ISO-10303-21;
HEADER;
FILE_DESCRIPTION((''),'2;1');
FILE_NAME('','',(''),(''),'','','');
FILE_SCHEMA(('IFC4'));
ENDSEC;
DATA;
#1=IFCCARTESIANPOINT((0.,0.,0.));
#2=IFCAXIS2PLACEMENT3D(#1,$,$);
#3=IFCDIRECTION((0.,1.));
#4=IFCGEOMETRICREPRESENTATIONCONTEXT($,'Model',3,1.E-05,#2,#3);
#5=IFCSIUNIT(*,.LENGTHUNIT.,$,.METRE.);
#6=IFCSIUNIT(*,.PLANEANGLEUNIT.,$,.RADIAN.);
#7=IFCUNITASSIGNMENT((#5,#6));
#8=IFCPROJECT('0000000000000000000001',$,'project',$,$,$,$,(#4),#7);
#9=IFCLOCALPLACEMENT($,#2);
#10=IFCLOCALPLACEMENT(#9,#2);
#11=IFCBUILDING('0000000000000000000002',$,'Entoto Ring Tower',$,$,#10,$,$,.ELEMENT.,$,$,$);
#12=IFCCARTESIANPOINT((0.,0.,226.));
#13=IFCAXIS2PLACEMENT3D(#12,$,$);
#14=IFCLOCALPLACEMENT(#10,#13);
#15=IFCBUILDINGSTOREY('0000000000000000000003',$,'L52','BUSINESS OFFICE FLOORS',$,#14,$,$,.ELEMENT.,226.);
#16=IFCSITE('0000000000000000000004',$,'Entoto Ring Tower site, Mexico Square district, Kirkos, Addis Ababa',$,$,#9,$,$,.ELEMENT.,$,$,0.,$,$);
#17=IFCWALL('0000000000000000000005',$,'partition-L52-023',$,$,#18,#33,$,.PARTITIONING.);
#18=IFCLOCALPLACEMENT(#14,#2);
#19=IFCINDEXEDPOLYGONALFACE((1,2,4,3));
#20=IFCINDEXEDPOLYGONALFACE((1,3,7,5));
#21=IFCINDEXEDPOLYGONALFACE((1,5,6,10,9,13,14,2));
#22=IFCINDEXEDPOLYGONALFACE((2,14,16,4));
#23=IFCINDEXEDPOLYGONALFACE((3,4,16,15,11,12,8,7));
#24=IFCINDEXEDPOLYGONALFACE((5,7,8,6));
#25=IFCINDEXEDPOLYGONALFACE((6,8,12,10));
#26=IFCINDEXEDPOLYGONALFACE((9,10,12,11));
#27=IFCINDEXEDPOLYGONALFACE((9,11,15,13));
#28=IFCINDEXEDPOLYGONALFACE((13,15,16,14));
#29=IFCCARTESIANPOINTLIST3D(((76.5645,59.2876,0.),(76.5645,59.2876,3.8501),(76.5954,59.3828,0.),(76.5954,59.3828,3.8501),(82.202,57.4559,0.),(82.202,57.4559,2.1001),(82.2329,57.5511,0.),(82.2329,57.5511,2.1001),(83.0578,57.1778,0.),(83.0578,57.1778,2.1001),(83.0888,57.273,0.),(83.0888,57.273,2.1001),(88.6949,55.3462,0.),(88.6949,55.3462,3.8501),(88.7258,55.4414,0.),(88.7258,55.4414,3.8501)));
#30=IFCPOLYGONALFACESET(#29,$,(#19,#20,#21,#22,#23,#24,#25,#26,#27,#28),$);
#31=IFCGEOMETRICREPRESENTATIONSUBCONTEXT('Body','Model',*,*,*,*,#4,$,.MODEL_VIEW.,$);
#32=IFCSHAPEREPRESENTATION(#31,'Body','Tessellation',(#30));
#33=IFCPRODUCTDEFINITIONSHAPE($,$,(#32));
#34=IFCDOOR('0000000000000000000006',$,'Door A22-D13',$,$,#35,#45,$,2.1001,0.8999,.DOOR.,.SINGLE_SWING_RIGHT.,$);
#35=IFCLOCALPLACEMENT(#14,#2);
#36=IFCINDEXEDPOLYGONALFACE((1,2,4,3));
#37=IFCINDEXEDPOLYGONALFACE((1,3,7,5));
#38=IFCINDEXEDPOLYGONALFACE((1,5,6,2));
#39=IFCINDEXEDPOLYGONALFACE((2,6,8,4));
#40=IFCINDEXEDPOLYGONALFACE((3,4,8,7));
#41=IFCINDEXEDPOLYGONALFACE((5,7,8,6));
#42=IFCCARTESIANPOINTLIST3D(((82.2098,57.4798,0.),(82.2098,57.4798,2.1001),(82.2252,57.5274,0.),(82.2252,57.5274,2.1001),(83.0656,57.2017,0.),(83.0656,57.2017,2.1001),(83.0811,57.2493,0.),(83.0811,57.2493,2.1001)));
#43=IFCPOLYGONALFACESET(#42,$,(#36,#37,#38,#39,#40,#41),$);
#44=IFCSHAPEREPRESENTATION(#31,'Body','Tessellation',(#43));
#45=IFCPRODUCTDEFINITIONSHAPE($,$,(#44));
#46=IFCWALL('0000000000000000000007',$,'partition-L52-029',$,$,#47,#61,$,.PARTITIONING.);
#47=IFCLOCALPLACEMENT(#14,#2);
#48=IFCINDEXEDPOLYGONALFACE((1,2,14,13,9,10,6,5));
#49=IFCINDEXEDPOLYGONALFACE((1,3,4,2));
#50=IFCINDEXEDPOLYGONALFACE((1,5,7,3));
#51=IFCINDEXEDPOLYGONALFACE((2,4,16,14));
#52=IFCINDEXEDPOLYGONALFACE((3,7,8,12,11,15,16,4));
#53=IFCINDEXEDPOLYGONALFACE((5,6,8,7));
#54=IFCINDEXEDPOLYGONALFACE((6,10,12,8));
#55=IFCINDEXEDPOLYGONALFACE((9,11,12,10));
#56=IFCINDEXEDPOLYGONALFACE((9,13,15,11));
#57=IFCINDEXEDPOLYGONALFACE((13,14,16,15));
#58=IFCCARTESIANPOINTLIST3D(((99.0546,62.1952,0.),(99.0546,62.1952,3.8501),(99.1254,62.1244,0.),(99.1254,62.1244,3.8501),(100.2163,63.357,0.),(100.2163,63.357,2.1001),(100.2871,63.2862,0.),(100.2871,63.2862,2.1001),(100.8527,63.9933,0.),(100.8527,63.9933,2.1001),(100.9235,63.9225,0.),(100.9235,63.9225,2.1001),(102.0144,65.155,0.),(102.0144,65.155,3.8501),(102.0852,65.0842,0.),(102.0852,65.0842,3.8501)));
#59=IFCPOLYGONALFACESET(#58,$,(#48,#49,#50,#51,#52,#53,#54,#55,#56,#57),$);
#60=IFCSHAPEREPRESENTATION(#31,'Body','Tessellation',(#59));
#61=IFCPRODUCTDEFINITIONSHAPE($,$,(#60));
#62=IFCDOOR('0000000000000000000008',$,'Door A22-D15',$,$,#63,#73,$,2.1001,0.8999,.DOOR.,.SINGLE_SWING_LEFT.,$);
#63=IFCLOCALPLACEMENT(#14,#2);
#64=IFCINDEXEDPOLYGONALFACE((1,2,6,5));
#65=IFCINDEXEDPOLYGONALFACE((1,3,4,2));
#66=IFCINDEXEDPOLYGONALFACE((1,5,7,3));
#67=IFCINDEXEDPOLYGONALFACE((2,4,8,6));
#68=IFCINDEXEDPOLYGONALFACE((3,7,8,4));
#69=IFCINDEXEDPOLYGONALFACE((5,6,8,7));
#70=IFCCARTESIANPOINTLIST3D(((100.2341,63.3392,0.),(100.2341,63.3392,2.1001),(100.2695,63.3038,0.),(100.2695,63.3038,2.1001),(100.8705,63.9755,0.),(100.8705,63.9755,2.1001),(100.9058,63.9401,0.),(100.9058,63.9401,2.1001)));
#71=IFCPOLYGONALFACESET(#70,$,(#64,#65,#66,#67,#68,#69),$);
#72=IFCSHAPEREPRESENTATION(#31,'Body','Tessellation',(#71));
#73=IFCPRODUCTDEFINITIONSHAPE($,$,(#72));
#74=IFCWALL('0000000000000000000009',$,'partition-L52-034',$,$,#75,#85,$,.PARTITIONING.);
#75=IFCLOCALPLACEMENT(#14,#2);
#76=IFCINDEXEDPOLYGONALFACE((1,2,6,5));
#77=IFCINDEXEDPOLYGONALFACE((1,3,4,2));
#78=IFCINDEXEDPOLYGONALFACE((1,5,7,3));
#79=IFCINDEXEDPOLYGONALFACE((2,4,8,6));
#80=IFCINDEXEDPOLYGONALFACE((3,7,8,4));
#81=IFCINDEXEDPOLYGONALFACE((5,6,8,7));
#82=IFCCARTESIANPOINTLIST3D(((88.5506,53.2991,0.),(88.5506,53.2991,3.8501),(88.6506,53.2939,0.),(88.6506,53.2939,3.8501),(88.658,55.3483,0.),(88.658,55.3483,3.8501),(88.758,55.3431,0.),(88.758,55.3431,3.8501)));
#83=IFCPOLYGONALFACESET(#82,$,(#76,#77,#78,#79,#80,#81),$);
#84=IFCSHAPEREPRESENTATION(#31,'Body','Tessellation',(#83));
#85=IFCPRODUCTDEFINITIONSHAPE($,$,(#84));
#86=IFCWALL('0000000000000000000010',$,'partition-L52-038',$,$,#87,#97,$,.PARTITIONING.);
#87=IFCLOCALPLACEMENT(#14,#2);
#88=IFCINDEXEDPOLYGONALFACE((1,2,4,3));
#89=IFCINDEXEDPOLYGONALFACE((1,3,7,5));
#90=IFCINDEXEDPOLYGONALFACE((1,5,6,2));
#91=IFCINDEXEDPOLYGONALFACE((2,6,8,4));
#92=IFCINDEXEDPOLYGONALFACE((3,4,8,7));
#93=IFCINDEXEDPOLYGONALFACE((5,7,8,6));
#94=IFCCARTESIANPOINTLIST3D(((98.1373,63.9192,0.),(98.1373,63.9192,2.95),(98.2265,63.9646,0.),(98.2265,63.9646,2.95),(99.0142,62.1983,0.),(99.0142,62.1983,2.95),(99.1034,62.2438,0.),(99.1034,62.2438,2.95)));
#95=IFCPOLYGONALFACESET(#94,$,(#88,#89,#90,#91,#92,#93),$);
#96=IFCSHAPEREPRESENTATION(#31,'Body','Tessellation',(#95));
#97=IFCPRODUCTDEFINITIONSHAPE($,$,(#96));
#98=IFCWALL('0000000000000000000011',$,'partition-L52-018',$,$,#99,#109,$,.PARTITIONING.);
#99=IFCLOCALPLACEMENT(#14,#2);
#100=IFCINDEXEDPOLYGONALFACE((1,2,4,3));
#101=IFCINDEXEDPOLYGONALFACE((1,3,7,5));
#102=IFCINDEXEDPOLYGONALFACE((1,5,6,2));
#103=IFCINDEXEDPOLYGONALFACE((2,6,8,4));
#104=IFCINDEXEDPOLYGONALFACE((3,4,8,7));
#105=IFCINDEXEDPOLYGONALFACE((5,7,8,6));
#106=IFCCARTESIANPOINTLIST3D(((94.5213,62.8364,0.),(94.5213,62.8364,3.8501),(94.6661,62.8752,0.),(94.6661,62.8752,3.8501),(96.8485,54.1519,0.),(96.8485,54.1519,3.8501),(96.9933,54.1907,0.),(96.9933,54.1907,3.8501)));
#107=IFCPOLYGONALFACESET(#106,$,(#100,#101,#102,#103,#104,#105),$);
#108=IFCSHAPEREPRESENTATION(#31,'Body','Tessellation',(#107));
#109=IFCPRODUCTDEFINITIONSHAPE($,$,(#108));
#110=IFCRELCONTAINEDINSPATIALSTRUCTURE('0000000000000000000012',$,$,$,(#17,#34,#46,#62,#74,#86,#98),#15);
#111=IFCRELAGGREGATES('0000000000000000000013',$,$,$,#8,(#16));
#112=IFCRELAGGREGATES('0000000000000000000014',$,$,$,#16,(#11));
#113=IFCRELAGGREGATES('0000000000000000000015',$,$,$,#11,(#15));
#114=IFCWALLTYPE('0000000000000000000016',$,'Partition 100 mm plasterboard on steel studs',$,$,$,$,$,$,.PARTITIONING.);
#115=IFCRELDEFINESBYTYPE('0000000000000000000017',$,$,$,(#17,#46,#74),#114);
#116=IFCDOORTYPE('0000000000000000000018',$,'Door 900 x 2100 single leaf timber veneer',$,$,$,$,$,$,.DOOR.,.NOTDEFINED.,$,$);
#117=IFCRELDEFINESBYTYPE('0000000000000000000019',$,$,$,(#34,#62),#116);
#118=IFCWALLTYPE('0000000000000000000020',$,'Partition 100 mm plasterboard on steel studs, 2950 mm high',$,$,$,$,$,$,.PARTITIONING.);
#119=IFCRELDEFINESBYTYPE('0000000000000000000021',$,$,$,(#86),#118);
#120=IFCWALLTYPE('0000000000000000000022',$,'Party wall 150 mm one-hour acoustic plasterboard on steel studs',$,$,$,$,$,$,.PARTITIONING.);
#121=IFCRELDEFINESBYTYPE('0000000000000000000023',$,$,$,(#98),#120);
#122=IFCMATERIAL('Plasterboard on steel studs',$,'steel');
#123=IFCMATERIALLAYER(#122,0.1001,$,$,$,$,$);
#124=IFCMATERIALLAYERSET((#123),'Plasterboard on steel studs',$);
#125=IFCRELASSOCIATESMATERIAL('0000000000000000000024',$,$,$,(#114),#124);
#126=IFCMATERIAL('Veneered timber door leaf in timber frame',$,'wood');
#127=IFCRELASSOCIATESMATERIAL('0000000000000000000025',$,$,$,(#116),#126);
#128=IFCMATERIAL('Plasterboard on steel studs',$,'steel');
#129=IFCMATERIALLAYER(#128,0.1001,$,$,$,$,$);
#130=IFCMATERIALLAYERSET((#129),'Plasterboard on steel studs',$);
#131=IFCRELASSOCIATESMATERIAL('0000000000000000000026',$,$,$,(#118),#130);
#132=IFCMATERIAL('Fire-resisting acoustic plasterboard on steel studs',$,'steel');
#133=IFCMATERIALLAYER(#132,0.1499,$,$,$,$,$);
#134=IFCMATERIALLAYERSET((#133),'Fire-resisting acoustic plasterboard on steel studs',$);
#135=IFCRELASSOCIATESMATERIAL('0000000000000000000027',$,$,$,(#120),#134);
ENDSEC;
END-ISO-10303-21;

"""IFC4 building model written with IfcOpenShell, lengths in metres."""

from ifc_helpers import new_model, si_unit, direction, frame, frame_2d, origin, place, context, subcontext, project, spatial, rectangle, extrude, material, layer, layer_set, type_object, element, fill, save


model = new_model("IFC4")

# Units and contexts
model_context = context("Model", 3, precision=1e-05, world=origin(), true_north=direction((0.0, 1.0)))
body_context = subcontext(model_context, "Body", "Model", "MODEL_VIEW")
ifc_project = project(units=[si_unit("LENGTHUNIT", "METRE"), si_unit("PLANEANGLEUNIT", "RADIAN")], contexts=[model_context])

# Site, building, storey
site_placement = place(None, origin())
site = spatial("IfcSite", under=ifc_project, at=site_placement, Name="Entoto Ring Tower site, Mexico Square district, Kirkos, Addis Ababa", CompositionType="ELEMENT", RefElevation=0.0)
building_placement = place(site_placement, origin())
building = spatial("IfcBuilding", under=site, at=building_placement, Name="Entoto Ring Tower", CompositionType="ELEMENT")
storey_placement = place(building_placement, frame((0.0, 0.0, 226.0)))
storey = spatial("IfcBuildingStorey", under=building, at=storey_placement, Name="L52", Description="BUSINESS OFFICE FLOORS", CompositionType="ELEMENT", Elevation=226.0)

# Walls, openings, doors
ifc_material_1 = material(Name="Plasterboard on steel studs", Category="steel")
ifc_layer_1 = layer(ifc_material_1, 0.1001)
ifc_layer_set_1 = layer_set([ifc_layer_1], Name="Plasterboard on steel studs")
wall_type_1 = type_object("IfcWallType", Name="Partition 100 mm plasterboard on steel studs", PredefinedType="PARTITIONING", material=ifc_layer_set_1)
wall_1_placement = place(storey_placement, frame((88.7104, 55.3938, 0.0), z_axis=(0.0, 0.0, 1.0), x_axis=(-0.951056, 0.309018, 0.0)))
wall_1 = element("IfcWall", 1, at=wall_1_placement, inside=storey, type_object=wall_type_1, Name="partition-L52-023", PredefinedType="PARTITIONING", context=body_context, shape_type="SweptSolid", body=[
    extrude(rectangle(XDim=12.7546, YDim=0.1001, at=frame_2d((6.3774, 0.0))), origin(), (0.0, 0.0, 1.0), 3.8501),
])
opening_1_placement = place(wall_1_placement, frame((5.9272, 0.0, 0.0)))
opening_1 = element("IfcOpeningElement", 2, at=opening_1_placement, cuts=wall_1, PredefinedType="OPENING", context=body_context, shape_type="SweptSolid", body=[
    extrude(rectangle(XDim=0.8999, YDim=2.1001, at=frame_2d((0.45, 1.05))), frame((0.0, 0.0601, 0.0), z_axis=(0.0, -1.0, 0.0), x_axis=(1.0, 0.0, 0.0)), (0.0, 0.0, 1.0), 0.1201),
])
ifc_material_2 = material(Name="Veneered timber door leaf in timber frame", Category="wood")
door_type_1 = type_object("IfcDoorType", Name="Door 900 x 2100 single leaf timber veneer", OperationType="NOTDEFINED", PredefinedType="DOOR", material=ifc_material_2)
door_1_placement = place(opening_1_placement, origin())
door_1 = element("IfcDoor", 3, at=door_1_placement, inside=storey, type_object=door_type_1, Name="Door A22-D13", OperationType="SINGLE_SWING_RIGHT", OverallHeight=2.1001, OverallWidth=0.8999, PredefinedType="DOOR", context=body_context, shape_type="SweptSolid", body=[
    extrude(rectangle(XDim=0.8999, YDim=2.1001, at=frame_2d((0.45, 1.05))), frame((0.0, 0.0249, 0.0), z_axis=(0.0, -1.0, 0.0), x_axis=(1.0, 0.0, 0.0)), (0.0, 0.0, 1.0), 0.05),
])
fill(opening_1, door_1)
wall_2_placement = place(storey_placement, frame((99.0901, 62.1599, 0.0), z_axis=(0.0, 0.0, 1.0), x_axis=(0.707107, 0.707107, 0.0)))
wall_2 = element("IfcWall", 4, at=wall_2_placement, inside=storey, type_object=wall_type_1, Name="partition-L52-029", PredefinedType="PARTITIONING", context=body_context, shape_type="SweptSolid", body=[
    extrude(rectangle(XDim=4.1858, YDim=0.1001, at=frame_2d((2.0928, 0.0))), origin(), (0.0, 0.0, 1.0), 3.8501),
])
opening_2_placement = place(wall_2_placement, frame((1.6428, 0.0, 0.0)))
opening_2 = element("IfcOpeningElement", 5, at=opening_2_placement, cuts=wall_2, PredefinedType="OPENING", context=body_context, shape_type="SweptSolid", body=[
    extrude(rectangle(XDim=0.8999, YDim=2.1001, at=frame_2d((0.45, 1.05))), frame((0.0, 0.0601, 0.0), z_axis=(0.0, -1.0, 0.0), x_axis=(1.0, 0.0, 0.0)), (0.0, 0.0, 1.0), 0.1201),
])
door_2_placement = place(opening_2_placement, origin())
door_2 = element("IfcDoor", 6, at=door_2_placement, inside=storey, type_object=door_type_1, Name="Door A22-D15", OperationType="SINGLE_SWING_LEFT", OverallHeight=2.1001, OverallWidth=0.8999, PredefinedType="DOOR", context=body_context, shape_type="SweptSolid", body=[
    extrude(rectangle(XDim=0.8999, YDim=2.1001, at=frame_2d((0.45, 1.05))), frame((0.0, 0.0249, 0.0), z_axis=(0.0, -1.0, 0.0), x_axis=(1.0, 0.0, 0.0)), (0.0, 0.0, 1.0), 0.05),
])
fill(opening_2, door_2)

# Walls
wall_3_placement = place(storey_placement, frame((88.6006, 53.2966, 0.0), z_axis=(0.0, 0.0, 1.0), x_axis=(0.052353, 0.998629, 0.0)))
element("IfcWall", 7, at=wall_3_placement, inside=storey, type_object=wall_type_1, Name="partition-L52-034", PredefinedType="PARTITIONING", context=body_context, shape_type="SweptSolid", body=[
    extrude(rectangle(XDim=2.052, YDim=0.1001, at=frame_2d((1.0259, 0.0))), origin(), (0.0, 0.0, 1.0), 3.8501),
])
ifc_material_3 = material(Name="Plasterboard on steel studs", Category="steel")
ifc_layer_2 = layer(ifc_material_3, 0.1001)
ifc_layer_set_2 = layer_set([ifc_layer_2], Name="Plasterboard on steel studs")
wall_type_2 = type_object("IfcWallType", Name="Partition 100 mm plasterboard on steel studs, 2950 mm high", PredefinedType="PARTITIONING", material=ifc_layer_set_2)
wall_4_placement = place(storey_placement, frame((99.0588, 62.2209, 0.0), z_axis=(0.0, 0.0, 1.0), x_axis=(-0.454026, 0.890988, 0.0)))
element("IfcWall", 8, at=wall_4_placement, inside=storey, type_object=wall_type_2, Name="partition-L52-038", PredefinedType="PARTITIONING", context=body_context, shape_type="SweptSolid", body=[
    extrude(rectangle(XDim=1.9314, YDim=0.1001, at=frame_2d((0.9658, 0.0))), origin(), (0.0, 0.0, 1.0), 2.95),
])
ifc_material_4 = material(Name="Fire-resisting acoustic plasterboard on steel studs", Category="steel")
ifc_layer_3 = layer(ifc_material_4, 0.1499)
ifc_layer_set_3 = layer_set([ifc_layer_3], Name="Fire-resisting acoustic plasterboard on steel studs")
wall_type_3 = type_object("IfcWallType", Name="Party wall 150 mm one-hour acoustic plasterboard on steel studs", PredefinedType="PARTITIONING", material=ifc_layer_set_3)
wall_5_placement = place(storey_placement, frame((96.9209, 54.1711, 0.0), z_axis=(0.0, 0.0, 1.0), x_axis=(-0.258832, 0.965922, 0.0)))
element("IfcWall", 9, at=wall_5_placement, inside=storey, type_object=wall_type_3, Name="partition-L52-018", PredefinedType="PARTITIONING", context=body_context, shape_type="SweptSolid", body=[
    extrude(rectangle(XDim=8.991, YDim=0.1499, at=frame_2d((4.4956, 0.0))), origin(), (0.0, 0.0, 1.0), 3.8501),
])

save(model, "model.ifc")
